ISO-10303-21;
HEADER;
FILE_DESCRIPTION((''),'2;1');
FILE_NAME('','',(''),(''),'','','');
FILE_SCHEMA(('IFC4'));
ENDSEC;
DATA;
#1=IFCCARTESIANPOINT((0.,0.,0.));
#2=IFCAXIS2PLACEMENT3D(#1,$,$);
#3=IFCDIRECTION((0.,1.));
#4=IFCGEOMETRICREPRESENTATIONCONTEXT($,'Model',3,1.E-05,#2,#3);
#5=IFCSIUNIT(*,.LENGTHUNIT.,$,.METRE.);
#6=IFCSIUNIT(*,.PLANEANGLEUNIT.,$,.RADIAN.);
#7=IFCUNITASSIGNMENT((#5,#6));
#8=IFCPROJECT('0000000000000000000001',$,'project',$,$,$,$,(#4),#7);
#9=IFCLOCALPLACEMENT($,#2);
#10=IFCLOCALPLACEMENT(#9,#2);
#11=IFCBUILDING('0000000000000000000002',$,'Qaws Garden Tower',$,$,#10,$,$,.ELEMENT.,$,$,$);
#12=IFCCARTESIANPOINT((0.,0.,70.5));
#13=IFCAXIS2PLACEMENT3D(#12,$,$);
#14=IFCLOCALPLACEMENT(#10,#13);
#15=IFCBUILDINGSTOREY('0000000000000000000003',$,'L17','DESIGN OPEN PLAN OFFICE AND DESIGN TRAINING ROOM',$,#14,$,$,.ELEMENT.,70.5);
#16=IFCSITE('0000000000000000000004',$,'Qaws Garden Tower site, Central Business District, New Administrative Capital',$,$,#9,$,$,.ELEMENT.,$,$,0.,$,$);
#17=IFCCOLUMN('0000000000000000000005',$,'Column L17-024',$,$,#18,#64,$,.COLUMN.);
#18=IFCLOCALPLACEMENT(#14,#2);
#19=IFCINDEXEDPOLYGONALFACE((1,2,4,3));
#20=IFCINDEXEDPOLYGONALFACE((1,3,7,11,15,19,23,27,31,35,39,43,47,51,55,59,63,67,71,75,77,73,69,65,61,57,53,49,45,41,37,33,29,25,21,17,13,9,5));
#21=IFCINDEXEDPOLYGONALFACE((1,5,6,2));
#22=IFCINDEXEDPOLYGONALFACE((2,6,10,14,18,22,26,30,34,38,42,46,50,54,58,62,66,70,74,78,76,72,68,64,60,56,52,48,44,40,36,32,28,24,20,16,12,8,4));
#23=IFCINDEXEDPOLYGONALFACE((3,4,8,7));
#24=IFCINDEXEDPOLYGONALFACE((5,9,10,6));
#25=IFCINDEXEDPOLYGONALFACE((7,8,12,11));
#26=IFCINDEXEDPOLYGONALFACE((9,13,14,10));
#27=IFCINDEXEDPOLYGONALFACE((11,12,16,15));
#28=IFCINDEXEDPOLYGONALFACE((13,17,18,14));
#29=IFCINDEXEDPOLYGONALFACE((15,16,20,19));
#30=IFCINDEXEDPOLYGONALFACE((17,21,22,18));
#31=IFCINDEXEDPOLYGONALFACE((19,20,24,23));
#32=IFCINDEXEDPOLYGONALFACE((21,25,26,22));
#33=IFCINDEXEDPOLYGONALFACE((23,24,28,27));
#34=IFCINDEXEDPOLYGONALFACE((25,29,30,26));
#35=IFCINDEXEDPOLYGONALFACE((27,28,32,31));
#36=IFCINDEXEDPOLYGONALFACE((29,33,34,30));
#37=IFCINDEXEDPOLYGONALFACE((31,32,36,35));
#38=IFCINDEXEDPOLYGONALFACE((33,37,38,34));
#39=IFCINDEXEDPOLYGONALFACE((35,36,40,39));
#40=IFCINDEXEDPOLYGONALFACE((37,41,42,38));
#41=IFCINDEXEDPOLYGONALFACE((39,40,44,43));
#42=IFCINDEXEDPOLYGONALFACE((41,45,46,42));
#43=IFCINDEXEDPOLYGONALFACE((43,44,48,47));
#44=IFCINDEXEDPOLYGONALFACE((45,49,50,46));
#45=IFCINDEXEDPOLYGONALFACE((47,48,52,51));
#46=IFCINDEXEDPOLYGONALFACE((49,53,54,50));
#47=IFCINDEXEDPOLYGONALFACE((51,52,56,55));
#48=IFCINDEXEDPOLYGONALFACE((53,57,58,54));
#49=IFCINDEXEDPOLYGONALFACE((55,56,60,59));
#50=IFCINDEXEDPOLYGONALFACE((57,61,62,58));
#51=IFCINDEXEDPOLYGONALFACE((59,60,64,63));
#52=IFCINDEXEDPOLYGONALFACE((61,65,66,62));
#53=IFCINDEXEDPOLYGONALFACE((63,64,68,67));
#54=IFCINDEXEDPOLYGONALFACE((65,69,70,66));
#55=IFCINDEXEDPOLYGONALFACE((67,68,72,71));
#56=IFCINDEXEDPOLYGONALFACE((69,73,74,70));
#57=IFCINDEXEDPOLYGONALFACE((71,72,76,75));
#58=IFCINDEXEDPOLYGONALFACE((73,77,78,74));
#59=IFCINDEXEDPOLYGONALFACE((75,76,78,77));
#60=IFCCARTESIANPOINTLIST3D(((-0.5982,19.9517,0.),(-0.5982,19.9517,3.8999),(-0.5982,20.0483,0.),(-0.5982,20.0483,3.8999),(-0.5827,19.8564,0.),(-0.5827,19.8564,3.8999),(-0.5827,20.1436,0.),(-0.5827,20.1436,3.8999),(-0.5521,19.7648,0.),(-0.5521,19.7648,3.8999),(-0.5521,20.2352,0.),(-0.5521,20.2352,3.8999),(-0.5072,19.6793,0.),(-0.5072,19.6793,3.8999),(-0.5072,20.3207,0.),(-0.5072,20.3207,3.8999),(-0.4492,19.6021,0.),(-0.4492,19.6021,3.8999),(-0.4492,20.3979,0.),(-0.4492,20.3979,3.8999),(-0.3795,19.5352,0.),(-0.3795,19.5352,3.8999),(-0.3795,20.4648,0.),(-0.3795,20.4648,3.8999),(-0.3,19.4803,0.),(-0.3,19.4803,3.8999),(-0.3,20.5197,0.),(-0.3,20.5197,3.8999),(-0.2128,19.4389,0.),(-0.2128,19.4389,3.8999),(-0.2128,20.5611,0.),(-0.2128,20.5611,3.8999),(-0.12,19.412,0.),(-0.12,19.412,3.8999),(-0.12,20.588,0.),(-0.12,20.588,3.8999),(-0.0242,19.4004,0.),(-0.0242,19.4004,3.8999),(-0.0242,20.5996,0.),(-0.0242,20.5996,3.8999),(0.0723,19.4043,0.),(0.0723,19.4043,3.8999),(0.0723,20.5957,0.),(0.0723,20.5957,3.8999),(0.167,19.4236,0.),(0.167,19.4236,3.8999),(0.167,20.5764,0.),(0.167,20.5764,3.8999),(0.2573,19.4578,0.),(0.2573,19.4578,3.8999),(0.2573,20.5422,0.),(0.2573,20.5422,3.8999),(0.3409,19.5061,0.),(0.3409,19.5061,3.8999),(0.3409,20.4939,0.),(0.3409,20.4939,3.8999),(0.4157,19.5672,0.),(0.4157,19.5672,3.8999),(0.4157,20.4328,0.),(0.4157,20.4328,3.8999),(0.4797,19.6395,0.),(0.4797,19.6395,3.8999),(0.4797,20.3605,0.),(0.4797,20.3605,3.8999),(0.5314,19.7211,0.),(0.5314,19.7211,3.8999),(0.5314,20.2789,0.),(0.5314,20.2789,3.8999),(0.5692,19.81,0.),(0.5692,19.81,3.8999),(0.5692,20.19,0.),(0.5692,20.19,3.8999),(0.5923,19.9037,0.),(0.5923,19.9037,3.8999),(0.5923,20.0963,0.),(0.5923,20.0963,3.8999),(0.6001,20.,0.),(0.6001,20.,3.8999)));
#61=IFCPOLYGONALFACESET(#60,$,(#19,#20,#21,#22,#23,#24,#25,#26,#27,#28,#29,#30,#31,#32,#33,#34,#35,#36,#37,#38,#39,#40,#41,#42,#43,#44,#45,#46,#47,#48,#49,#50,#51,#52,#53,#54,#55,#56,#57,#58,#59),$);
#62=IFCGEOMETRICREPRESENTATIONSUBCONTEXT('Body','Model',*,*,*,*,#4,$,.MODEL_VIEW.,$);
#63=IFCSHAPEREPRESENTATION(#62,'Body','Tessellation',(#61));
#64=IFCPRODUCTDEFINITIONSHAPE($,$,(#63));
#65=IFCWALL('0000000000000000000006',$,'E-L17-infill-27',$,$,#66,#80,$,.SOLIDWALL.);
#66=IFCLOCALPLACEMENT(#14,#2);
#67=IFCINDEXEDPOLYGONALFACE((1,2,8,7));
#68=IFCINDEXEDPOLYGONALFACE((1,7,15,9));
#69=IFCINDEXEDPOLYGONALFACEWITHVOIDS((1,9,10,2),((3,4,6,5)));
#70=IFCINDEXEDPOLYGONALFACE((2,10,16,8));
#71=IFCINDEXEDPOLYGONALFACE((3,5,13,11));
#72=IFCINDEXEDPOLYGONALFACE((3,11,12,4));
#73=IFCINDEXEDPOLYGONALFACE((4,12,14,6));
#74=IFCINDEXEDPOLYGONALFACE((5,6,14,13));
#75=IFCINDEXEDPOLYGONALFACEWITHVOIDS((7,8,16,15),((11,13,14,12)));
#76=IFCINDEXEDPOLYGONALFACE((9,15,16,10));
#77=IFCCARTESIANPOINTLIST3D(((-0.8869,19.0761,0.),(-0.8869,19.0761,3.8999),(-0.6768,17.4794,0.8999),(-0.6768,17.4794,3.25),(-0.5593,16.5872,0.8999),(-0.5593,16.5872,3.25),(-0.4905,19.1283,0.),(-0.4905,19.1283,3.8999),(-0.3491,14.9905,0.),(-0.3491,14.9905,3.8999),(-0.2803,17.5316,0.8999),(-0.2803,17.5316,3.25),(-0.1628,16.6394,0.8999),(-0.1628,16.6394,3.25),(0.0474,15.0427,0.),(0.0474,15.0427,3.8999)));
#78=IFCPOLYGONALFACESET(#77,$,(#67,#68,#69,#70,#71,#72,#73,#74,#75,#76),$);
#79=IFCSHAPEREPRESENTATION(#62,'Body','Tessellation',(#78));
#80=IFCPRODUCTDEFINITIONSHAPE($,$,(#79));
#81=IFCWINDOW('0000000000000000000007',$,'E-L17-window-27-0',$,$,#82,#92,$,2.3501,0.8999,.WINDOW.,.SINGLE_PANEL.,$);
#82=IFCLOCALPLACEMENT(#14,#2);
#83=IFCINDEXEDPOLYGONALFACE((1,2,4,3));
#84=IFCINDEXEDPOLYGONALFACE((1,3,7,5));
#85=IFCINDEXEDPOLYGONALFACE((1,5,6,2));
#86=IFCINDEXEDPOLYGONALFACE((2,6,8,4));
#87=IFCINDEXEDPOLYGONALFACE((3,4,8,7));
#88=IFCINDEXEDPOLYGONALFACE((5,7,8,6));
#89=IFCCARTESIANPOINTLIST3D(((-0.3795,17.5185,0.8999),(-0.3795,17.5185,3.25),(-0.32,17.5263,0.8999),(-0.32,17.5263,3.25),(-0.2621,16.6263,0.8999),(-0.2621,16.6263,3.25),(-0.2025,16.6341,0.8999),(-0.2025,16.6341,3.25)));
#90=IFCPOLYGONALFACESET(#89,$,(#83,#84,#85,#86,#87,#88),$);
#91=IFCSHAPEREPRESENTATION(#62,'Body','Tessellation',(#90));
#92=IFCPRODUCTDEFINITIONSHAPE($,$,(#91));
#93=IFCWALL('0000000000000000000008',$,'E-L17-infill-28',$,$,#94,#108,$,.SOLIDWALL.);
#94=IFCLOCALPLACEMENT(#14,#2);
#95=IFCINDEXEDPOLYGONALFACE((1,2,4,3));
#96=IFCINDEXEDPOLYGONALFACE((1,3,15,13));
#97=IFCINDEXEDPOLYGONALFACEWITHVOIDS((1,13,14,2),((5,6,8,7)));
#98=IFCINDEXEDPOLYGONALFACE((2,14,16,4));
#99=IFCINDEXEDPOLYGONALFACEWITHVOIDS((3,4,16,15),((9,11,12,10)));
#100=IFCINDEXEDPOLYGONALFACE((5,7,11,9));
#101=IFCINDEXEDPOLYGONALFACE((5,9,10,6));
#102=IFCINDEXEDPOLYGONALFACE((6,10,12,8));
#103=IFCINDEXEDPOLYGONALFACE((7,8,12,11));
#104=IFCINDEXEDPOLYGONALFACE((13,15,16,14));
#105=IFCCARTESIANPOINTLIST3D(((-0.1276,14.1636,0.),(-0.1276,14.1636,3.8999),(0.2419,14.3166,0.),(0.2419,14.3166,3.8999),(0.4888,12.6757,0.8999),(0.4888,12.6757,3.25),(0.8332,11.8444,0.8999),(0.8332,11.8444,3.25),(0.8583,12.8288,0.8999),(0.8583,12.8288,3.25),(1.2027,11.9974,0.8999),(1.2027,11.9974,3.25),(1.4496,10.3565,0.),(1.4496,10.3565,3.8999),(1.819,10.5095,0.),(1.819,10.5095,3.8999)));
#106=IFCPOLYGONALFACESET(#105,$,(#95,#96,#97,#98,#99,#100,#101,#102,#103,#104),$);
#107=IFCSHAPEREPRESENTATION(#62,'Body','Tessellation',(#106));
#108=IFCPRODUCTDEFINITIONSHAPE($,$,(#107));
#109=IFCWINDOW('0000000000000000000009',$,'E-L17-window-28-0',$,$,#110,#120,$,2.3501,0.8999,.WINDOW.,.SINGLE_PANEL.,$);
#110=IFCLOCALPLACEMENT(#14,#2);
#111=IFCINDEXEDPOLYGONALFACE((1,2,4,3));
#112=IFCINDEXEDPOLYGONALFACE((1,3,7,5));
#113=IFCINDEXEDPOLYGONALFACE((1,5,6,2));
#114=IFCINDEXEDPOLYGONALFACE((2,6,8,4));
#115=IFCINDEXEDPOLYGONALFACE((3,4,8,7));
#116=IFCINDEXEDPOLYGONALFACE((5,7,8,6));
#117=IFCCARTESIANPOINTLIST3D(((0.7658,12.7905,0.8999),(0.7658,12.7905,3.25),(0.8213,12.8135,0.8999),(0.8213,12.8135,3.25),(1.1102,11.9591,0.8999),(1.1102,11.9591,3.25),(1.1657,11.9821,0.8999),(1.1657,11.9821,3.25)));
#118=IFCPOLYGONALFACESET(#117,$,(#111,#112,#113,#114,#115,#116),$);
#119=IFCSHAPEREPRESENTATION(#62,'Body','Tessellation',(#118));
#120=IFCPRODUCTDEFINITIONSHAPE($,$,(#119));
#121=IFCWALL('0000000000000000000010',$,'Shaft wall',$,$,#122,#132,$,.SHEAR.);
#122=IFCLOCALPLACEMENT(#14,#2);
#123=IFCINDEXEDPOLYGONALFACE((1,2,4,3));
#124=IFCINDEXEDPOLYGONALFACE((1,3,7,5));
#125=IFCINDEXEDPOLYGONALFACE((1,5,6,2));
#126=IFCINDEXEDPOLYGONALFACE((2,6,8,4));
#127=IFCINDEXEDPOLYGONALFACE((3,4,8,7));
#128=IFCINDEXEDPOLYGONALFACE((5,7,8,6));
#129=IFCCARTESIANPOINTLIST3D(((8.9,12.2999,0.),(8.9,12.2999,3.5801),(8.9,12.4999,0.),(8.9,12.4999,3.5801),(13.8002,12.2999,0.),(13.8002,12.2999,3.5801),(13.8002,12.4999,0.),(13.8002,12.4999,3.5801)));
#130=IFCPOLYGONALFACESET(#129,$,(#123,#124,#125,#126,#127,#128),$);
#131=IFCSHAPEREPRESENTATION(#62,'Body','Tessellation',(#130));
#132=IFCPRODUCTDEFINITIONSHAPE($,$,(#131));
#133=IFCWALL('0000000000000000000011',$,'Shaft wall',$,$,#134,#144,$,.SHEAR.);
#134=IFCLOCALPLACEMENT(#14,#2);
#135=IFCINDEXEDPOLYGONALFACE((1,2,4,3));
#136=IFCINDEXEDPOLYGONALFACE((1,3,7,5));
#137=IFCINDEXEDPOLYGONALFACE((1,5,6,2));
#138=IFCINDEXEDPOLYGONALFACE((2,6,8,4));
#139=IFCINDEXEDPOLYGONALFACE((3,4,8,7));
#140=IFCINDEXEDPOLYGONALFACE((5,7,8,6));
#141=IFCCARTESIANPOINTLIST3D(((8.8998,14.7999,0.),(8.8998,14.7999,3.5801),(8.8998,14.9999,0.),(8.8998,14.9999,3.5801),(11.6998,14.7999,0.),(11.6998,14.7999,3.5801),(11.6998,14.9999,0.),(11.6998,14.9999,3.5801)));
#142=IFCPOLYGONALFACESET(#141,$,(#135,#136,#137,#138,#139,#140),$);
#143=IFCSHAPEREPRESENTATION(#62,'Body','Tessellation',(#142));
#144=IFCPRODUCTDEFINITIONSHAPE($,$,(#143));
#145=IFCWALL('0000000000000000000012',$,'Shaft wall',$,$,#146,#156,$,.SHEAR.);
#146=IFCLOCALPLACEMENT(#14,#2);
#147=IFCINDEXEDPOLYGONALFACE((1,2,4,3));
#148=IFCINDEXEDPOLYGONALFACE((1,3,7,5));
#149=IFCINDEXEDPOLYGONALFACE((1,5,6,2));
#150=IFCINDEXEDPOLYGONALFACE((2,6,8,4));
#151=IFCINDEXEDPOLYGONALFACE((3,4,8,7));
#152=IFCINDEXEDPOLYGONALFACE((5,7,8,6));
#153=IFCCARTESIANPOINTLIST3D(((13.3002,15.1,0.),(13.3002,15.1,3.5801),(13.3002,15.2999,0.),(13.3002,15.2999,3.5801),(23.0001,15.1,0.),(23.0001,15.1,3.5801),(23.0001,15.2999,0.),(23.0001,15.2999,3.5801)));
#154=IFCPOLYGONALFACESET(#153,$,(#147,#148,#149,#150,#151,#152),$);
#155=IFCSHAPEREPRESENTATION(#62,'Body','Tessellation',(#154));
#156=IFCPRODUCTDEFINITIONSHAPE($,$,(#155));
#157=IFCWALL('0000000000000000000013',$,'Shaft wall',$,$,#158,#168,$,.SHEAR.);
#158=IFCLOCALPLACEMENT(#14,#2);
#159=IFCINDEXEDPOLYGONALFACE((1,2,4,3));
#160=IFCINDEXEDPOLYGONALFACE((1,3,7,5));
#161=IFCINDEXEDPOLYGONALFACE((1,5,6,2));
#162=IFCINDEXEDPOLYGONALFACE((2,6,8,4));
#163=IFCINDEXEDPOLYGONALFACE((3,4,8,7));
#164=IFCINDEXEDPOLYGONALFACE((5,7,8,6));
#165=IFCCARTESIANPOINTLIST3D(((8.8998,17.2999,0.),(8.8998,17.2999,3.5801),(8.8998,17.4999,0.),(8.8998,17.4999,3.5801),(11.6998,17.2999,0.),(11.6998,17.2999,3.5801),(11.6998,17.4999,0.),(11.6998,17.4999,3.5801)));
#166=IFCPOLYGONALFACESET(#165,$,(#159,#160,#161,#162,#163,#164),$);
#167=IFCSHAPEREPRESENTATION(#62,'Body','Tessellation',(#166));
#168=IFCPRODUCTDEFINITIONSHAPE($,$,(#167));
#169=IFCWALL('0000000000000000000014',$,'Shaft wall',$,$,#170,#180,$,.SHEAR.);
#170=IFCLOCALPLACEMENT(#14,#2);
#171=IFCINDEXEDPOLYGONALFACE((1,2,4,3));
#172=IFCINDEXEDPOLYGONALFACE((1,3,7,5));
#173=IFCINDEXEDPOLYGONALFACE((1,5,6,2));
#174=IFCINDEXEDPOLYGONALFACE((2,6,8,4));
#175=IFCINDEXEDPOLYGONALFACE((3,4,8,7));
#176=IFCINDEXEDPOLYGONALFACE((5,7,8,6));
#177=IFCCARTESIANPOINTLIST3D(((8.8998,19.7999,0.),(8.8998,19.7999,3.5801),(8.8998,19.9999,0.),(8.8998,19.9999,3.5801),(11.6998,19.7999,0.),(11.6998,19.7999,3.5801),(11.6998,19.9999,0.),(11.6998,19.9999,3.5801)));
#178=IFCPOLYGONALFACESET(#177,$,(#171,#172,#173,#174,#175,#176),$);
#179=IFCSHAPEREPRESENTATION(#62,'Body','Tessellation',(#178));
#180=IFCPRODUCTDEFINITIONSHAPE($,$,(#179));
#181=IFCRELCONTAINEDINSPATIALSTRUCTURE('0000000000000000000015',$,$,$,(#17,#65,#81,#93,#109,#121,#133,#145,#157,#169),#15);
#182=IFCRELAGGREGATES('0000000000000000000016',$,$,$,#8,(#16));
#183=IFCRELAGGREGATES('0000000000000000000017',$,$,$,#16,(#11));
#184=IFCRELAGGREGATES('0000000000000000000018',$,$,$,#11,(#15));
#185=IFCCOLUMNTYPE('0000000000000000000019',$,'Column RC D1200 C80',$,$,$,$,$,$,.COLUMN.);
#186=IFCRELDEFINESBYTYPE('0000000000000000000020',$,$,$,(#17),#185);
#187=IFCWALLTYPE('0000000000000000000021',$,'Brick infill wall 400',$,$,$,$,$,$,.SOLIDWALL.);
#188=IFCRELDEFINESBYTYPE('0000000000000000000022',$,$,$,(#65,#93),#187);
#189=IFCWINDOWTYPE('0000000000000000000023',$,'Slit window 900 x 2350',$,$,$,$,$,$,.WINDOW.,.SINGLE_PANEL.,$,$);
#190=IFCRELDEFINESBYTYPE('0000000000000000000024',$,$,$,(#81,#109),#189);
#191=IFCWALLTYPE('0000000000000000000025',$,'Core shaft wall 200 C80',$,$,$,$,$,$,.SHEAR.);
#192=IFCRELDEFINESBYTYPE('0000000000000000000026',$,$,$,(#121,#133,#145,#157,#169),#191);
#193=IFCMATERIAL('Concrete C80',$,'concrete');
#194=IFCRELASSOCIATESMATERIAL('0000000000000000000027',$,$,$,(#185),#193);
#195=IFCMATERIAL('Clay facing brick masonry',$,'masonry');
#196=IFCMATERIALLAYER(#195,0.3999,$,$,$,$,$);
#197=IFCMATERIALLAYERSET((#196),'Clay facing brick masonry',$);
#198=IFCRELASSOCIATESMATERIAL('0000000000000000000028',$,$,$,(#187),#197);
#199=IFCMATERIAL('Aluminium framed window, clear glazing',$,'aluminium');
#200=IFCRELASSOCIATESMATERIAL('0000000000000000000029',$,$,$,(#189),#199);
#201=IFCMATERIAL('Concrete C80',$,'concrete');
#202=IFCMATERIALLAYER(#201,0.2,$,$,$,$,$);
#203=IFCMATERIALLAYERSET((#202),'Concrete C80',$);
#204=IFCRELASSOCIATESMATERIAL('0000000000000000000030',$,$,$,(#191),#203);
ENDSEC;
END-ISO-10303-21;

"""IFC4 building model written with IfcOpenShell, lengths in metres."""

from ifc_helpers import new_model, si_unit, direction, frame, frame_2d, origin, origin_2d, place, context, subcontext, project, spatial, rectangle, circle, extrude, material, layer, layer_set, material_profile, profile_set, type_object, element, fill, save


model = new_model("IFC4")

# Units and contexts
model_context = context("Model", 3, precision=1e-05, world=origin(), true_north=direction((0.0, 1.0)))
body_context = subcontext(model_context, "Body", "Model", "MODEL_VIEW")
ifc_project = project(units=[si_unit("LENGTHUNIT", "METRE"), si_unit("PLANEANGLEUNIT", "RADIAN")], contexts=[model_context])

# Site, building, storey
site_placement = place(None, origin())
site = spatial("IfcSite", under=ifc_project, at=site_placement, Name="Qaws Garden Tower site, Central Business District, New Administrative Capital", CompositionType="ELEMENT", RefElevation=0.0)
building_placement = place(site_placement, origin())
building = spatial("IfcBuilding", under=site, at=building_placement, Name="Qaws Garden Tower", CompositionType="ELEMENT")
storey_placement = place(building_placement, frame((0.0, 0.0, 70.5)))
storey = spatial("IfcBuildingStorey", under=building, at=storey_placement, Name="L17", Description="DESIGN OPEN PLAN OFFICE AND DESIGN TRAINING ROOM", CompositionType="ELEMENT", Elevation=70.5)

# Column
ifc_material_1 = material(Name="Concrete C80", Category="concrete")
ifc_material_profile = material_profile(ifc_material_1, circle(Radius=0.6001, at=origin_2d()), Name="RC D1200")
ifc_profile_set = profile_set([ifc_material_profile], Name="Concrete C80")
column_type = type_object("IfcColumnType", Name="Column RC D1200 C80", PredefinedType="COLUMN", material=ifc_profile_set)
column_placement = place(storey_placement, frame((0.0, 20.0, 0.0), z_axis=(0.0, 0.0, 1.0), x_axis=(1.0, 0.0, 0.0)))
element("IfcColumn", 1, at=column_placement, inside=storey, type_object=column_type, Name="Column L17-024", PredefinedType="COLUMN", context=body_context, shape_type="SweptSolid", body=[
    extrude(circle(Radius=0.6001, at=origin_2d()), origin(), (0.0, 0.0, 1.0), 3.8999),
])

# Walls, openings, windows
ifc_material_2 = material(Name="Clay facing brick masonry", Category="masonry")
ifc_layer_1 = layer(ifc_material_2, 0.3999)
ifc_layer_set_1 = layer_set([ifc_layer_1], Name="Clay facing brick masonry")
wall_type_1 = type_object("IfcWallType", Name="Brick infill wall 400", PredefinedType="SOLIDWALL", material=ifc_layer_set_1)
wall_1_placement = place(storey_placement, frame((-0.6887, 19.1023, 0.0), z_axis=(0.0, 0.0, 1.0), x_axis=(0.130514, -0.991446, 0.0)))
wall_1 = element("IfcWall", 2, at=wall_1_placement, inside=storey, type_object=wall_type_1, Name="E-L17-infill-27", PredefinedType="SOLIDWALL", context=body_context, shape_type="SweptSolid", body=[
    extrude(rectangle(XDim=4.1208, YDim=0.3999, at=frame_2d((2.0605, 0.0))), origin(), (0.0, 0.0, 1.0), 3.8999),
])
opening_1_placement = place(wall_1_placement, frame((1.6106, 0.0, 0.8999)))
opening_1 = element("IfcOpeningElement", 3, at=opening_1_placement, cuts=wall_1, PredefinedType="OPENING", context=body_context, shape_type="SweptSolid", body=[
    extrude(rectangle(XDim=0.8999, YDim=2.3501, at=frame_2d((0.45, 1.175))), frame((0.0, 0.21, 0.0), z_axis=(0.0, -1.0, 0.0), x_axis=(1.0, 0.0, 0.0)), (0.0, 0.0, 1.0), 0.4199),
])
ifc_material_3 = material(Name="Aluminium framed window, clear glazing", Category="aluminium")
window_type = type_object("IfcWindowType", Name="Slit window 900 x 2350", PartitioningType="SINGLE_PANEL", PredefinedType="WINDOW", material=ifc_material_3)
window_1_placement = place(opening_1_placement, origin())
window_1 = element("IfcWindow", 4, at=window_1_placement, inside=storey, type_object=window_type, Name="E-L17-window-27-0", OverallHeight=2.3501, OverallWidth=0.8999, PartitioningType="SINGLE_PANEL", PredefinedType="WINDOW", context=body_context, shape_type="SweptSolid", body=[
    extrude(rectangle(XDim=0.8999, YDim=2.3501, at=frame_2d((0.45, 1.175))), frame((0.0, 0.1599, 0.0), z_axis=(0.0, -1.0, 0.0), x_axis=(1.0, 0.0, 0.0)), (0.0, 0.0, 1.0), 0.0601),
])
fill(opening_1, window_1)
wall_2_placement = place(storey_placement, frame((0.0571, 14.2402, 0.0), z_axis=(0.0, 0.0, 1.0), x_axis=(0.382722, -0.923864, 0.0)))
wall_2 = element("IfcWall", 5, at=wall_2_placement, inside=storey, type_object=wall_type_1, Name="E-L17-infill-28", PredefinedType="SOLIDWALL", context=body_context, shape_type="SweptSolid", body=[
    extrude(rectangle(XDim=4.1208, YDim=0.3999, at=frame_2d((2.0605, 0.0))), origin(), (0.0, 0.0, 1.0), 3.8999),
])
opening_2_placement = place(wall_2_placement, frame((1.6106, 0.0, 0.8999)))
opening_2 = element("IfcOpeningElement", 6, at=opening_2_placement, cuts=wall_2, PredefinedType="OPENING", context=body_context, shape_type="SweptSolid", body=[
    extrude(rectangle(XDim=0.8999, YDim=2.3501, at=frame_2d((0.45, 1.175))), frame((0.0, 0.21, 0.0), z_axis=(0.0, -1.0, 0.0), x_axis=(1.0, 0.0, 0.0)), (0.0, 0.0, 1.0), 0.4199),
])
window_2_placement = place(opening_2_placement, origin())
window_2 = element("IfcWindow", 7, at=window_2_placement, inside=storey, type_object=window_type, Name="E-L17-window-28-0", OverallHeight=2.3501, OverallWidth=0.8999, PartitioningType="SINGLE_PANEL", PredefinedType="WINDOW", context=body_context, shape_type="SweptSolid", body=[
    extrude(rectangle(XDim=0.8999, YDim=2.3501, at=frame_2d((0.45, 1.175))), frame((0.0, 0.1599, 0.0), z_axis=(0.0, -1.0, 0.0), x_axis=(1.0, 0.0, 0.0)), (0.0, 0.0, 1.0), 0.0601),
])
fill(opening_2, window_2)

# Walls
ifc_material_4 = material(Name="Concrete C80", Category="concrete")
ifc_layer_2 = layer(ifc_material_4, 0.2)
ifc_layer_set_2 = layer_set([ifc_layer_2], Name="Concrete C80")
wall_type_2 = type_object("IfcWallType", Name="Core shaft wall 200 C80", PredefinedType="SHEAR", material=ifc_layer_set_2)
wall_3_placement = place(storey_placement, frame((8.8999, 12.3999, 0.0), z_axis=(0.0, 0.0, 1.0), x_axis=(1.0, 0.0, 0.0)))
element("IfcWall", 8, at=wall_3_placement, inside=storey, type_object=wall_type_2, Name="Shaft wall", PredefinedType="SHEAR", context=body_context, shape_type="SweptSolid", body=[
    extrude(rectangle(XDim=4.9001, YDim=0.2, at=frame_2d((2.4502, 0.0))), origin(), (0.0, 0.0, 1.0), 3.5801),
])
wall_4_placement = place(storey_placement, frame((8.8999, 14.8999, 0.0), z_axis=(0.0, 0.0, 1.0), x_axis=(1.0, 0.0, 0.0)))
element("IfcWall", 9, at=wall_4_placement, inside=storey, type_object=wall_type_2, Name="Shaft wall", PredefinedType="SHEAR", context=body_context, shape_type="SweptSolid", body=[
    extrude(rectangle(XDim=2.8, YDim=0.2, at=frame_2d((1.3999, 0.0))), origin(), (0.0, 0.0, 1.0), 3.5801),
])
wall_5_placement = place(storey_placement, frame((13.3, 15.2, 0.0), z_axis=(0.0, 0.0, 1.0), x_axis=(1.0, 0.0, 0.0)))
element("IfcWall", 10, at=wall_5_placement, inside=storey, type_object=wall_type_2, Name="Shaft wall", PredefinedType="SHEAR", context=body_context, shape_type="SweptSolid", body=[
    extrude(rectangle(XDim=9.7, YDim=0.2, at=frame_2d((4.8501, 0.0))), origin(), (0.0, 0.0, 1.0), 3.5801),
])
for number, where, z_axis, x_axis, name in (
    (11, (8.8999, 17.3999, 0.0), (0.0, 0.0, 1.0), (1.0, 0.0, 0.0), "Shaft wall"),
    (12, (8.8999, 19.8999, 0.0), (0.0, 0.0, 1.0), (1.0, 0.0, 0.0), "Shaft wall"),
):
    element("IfcWall", number, at=place(storey_placement, frame(where, z_axis=z_axis, x_axis=x_axis)), inside=storey, type_object=wall_type_2, Name=name, PredefinedType="SHEAR", context=body_context, shape_type="SweptSolid", body=[
        extrude(rectangle(XDim=2.8, YDim=0.2, at=frame_2d((1.3999, 0.0))), origin(), (0.0, 0.0, 1.0), 3.5801),
    ])

save(model, "model.ifc")
